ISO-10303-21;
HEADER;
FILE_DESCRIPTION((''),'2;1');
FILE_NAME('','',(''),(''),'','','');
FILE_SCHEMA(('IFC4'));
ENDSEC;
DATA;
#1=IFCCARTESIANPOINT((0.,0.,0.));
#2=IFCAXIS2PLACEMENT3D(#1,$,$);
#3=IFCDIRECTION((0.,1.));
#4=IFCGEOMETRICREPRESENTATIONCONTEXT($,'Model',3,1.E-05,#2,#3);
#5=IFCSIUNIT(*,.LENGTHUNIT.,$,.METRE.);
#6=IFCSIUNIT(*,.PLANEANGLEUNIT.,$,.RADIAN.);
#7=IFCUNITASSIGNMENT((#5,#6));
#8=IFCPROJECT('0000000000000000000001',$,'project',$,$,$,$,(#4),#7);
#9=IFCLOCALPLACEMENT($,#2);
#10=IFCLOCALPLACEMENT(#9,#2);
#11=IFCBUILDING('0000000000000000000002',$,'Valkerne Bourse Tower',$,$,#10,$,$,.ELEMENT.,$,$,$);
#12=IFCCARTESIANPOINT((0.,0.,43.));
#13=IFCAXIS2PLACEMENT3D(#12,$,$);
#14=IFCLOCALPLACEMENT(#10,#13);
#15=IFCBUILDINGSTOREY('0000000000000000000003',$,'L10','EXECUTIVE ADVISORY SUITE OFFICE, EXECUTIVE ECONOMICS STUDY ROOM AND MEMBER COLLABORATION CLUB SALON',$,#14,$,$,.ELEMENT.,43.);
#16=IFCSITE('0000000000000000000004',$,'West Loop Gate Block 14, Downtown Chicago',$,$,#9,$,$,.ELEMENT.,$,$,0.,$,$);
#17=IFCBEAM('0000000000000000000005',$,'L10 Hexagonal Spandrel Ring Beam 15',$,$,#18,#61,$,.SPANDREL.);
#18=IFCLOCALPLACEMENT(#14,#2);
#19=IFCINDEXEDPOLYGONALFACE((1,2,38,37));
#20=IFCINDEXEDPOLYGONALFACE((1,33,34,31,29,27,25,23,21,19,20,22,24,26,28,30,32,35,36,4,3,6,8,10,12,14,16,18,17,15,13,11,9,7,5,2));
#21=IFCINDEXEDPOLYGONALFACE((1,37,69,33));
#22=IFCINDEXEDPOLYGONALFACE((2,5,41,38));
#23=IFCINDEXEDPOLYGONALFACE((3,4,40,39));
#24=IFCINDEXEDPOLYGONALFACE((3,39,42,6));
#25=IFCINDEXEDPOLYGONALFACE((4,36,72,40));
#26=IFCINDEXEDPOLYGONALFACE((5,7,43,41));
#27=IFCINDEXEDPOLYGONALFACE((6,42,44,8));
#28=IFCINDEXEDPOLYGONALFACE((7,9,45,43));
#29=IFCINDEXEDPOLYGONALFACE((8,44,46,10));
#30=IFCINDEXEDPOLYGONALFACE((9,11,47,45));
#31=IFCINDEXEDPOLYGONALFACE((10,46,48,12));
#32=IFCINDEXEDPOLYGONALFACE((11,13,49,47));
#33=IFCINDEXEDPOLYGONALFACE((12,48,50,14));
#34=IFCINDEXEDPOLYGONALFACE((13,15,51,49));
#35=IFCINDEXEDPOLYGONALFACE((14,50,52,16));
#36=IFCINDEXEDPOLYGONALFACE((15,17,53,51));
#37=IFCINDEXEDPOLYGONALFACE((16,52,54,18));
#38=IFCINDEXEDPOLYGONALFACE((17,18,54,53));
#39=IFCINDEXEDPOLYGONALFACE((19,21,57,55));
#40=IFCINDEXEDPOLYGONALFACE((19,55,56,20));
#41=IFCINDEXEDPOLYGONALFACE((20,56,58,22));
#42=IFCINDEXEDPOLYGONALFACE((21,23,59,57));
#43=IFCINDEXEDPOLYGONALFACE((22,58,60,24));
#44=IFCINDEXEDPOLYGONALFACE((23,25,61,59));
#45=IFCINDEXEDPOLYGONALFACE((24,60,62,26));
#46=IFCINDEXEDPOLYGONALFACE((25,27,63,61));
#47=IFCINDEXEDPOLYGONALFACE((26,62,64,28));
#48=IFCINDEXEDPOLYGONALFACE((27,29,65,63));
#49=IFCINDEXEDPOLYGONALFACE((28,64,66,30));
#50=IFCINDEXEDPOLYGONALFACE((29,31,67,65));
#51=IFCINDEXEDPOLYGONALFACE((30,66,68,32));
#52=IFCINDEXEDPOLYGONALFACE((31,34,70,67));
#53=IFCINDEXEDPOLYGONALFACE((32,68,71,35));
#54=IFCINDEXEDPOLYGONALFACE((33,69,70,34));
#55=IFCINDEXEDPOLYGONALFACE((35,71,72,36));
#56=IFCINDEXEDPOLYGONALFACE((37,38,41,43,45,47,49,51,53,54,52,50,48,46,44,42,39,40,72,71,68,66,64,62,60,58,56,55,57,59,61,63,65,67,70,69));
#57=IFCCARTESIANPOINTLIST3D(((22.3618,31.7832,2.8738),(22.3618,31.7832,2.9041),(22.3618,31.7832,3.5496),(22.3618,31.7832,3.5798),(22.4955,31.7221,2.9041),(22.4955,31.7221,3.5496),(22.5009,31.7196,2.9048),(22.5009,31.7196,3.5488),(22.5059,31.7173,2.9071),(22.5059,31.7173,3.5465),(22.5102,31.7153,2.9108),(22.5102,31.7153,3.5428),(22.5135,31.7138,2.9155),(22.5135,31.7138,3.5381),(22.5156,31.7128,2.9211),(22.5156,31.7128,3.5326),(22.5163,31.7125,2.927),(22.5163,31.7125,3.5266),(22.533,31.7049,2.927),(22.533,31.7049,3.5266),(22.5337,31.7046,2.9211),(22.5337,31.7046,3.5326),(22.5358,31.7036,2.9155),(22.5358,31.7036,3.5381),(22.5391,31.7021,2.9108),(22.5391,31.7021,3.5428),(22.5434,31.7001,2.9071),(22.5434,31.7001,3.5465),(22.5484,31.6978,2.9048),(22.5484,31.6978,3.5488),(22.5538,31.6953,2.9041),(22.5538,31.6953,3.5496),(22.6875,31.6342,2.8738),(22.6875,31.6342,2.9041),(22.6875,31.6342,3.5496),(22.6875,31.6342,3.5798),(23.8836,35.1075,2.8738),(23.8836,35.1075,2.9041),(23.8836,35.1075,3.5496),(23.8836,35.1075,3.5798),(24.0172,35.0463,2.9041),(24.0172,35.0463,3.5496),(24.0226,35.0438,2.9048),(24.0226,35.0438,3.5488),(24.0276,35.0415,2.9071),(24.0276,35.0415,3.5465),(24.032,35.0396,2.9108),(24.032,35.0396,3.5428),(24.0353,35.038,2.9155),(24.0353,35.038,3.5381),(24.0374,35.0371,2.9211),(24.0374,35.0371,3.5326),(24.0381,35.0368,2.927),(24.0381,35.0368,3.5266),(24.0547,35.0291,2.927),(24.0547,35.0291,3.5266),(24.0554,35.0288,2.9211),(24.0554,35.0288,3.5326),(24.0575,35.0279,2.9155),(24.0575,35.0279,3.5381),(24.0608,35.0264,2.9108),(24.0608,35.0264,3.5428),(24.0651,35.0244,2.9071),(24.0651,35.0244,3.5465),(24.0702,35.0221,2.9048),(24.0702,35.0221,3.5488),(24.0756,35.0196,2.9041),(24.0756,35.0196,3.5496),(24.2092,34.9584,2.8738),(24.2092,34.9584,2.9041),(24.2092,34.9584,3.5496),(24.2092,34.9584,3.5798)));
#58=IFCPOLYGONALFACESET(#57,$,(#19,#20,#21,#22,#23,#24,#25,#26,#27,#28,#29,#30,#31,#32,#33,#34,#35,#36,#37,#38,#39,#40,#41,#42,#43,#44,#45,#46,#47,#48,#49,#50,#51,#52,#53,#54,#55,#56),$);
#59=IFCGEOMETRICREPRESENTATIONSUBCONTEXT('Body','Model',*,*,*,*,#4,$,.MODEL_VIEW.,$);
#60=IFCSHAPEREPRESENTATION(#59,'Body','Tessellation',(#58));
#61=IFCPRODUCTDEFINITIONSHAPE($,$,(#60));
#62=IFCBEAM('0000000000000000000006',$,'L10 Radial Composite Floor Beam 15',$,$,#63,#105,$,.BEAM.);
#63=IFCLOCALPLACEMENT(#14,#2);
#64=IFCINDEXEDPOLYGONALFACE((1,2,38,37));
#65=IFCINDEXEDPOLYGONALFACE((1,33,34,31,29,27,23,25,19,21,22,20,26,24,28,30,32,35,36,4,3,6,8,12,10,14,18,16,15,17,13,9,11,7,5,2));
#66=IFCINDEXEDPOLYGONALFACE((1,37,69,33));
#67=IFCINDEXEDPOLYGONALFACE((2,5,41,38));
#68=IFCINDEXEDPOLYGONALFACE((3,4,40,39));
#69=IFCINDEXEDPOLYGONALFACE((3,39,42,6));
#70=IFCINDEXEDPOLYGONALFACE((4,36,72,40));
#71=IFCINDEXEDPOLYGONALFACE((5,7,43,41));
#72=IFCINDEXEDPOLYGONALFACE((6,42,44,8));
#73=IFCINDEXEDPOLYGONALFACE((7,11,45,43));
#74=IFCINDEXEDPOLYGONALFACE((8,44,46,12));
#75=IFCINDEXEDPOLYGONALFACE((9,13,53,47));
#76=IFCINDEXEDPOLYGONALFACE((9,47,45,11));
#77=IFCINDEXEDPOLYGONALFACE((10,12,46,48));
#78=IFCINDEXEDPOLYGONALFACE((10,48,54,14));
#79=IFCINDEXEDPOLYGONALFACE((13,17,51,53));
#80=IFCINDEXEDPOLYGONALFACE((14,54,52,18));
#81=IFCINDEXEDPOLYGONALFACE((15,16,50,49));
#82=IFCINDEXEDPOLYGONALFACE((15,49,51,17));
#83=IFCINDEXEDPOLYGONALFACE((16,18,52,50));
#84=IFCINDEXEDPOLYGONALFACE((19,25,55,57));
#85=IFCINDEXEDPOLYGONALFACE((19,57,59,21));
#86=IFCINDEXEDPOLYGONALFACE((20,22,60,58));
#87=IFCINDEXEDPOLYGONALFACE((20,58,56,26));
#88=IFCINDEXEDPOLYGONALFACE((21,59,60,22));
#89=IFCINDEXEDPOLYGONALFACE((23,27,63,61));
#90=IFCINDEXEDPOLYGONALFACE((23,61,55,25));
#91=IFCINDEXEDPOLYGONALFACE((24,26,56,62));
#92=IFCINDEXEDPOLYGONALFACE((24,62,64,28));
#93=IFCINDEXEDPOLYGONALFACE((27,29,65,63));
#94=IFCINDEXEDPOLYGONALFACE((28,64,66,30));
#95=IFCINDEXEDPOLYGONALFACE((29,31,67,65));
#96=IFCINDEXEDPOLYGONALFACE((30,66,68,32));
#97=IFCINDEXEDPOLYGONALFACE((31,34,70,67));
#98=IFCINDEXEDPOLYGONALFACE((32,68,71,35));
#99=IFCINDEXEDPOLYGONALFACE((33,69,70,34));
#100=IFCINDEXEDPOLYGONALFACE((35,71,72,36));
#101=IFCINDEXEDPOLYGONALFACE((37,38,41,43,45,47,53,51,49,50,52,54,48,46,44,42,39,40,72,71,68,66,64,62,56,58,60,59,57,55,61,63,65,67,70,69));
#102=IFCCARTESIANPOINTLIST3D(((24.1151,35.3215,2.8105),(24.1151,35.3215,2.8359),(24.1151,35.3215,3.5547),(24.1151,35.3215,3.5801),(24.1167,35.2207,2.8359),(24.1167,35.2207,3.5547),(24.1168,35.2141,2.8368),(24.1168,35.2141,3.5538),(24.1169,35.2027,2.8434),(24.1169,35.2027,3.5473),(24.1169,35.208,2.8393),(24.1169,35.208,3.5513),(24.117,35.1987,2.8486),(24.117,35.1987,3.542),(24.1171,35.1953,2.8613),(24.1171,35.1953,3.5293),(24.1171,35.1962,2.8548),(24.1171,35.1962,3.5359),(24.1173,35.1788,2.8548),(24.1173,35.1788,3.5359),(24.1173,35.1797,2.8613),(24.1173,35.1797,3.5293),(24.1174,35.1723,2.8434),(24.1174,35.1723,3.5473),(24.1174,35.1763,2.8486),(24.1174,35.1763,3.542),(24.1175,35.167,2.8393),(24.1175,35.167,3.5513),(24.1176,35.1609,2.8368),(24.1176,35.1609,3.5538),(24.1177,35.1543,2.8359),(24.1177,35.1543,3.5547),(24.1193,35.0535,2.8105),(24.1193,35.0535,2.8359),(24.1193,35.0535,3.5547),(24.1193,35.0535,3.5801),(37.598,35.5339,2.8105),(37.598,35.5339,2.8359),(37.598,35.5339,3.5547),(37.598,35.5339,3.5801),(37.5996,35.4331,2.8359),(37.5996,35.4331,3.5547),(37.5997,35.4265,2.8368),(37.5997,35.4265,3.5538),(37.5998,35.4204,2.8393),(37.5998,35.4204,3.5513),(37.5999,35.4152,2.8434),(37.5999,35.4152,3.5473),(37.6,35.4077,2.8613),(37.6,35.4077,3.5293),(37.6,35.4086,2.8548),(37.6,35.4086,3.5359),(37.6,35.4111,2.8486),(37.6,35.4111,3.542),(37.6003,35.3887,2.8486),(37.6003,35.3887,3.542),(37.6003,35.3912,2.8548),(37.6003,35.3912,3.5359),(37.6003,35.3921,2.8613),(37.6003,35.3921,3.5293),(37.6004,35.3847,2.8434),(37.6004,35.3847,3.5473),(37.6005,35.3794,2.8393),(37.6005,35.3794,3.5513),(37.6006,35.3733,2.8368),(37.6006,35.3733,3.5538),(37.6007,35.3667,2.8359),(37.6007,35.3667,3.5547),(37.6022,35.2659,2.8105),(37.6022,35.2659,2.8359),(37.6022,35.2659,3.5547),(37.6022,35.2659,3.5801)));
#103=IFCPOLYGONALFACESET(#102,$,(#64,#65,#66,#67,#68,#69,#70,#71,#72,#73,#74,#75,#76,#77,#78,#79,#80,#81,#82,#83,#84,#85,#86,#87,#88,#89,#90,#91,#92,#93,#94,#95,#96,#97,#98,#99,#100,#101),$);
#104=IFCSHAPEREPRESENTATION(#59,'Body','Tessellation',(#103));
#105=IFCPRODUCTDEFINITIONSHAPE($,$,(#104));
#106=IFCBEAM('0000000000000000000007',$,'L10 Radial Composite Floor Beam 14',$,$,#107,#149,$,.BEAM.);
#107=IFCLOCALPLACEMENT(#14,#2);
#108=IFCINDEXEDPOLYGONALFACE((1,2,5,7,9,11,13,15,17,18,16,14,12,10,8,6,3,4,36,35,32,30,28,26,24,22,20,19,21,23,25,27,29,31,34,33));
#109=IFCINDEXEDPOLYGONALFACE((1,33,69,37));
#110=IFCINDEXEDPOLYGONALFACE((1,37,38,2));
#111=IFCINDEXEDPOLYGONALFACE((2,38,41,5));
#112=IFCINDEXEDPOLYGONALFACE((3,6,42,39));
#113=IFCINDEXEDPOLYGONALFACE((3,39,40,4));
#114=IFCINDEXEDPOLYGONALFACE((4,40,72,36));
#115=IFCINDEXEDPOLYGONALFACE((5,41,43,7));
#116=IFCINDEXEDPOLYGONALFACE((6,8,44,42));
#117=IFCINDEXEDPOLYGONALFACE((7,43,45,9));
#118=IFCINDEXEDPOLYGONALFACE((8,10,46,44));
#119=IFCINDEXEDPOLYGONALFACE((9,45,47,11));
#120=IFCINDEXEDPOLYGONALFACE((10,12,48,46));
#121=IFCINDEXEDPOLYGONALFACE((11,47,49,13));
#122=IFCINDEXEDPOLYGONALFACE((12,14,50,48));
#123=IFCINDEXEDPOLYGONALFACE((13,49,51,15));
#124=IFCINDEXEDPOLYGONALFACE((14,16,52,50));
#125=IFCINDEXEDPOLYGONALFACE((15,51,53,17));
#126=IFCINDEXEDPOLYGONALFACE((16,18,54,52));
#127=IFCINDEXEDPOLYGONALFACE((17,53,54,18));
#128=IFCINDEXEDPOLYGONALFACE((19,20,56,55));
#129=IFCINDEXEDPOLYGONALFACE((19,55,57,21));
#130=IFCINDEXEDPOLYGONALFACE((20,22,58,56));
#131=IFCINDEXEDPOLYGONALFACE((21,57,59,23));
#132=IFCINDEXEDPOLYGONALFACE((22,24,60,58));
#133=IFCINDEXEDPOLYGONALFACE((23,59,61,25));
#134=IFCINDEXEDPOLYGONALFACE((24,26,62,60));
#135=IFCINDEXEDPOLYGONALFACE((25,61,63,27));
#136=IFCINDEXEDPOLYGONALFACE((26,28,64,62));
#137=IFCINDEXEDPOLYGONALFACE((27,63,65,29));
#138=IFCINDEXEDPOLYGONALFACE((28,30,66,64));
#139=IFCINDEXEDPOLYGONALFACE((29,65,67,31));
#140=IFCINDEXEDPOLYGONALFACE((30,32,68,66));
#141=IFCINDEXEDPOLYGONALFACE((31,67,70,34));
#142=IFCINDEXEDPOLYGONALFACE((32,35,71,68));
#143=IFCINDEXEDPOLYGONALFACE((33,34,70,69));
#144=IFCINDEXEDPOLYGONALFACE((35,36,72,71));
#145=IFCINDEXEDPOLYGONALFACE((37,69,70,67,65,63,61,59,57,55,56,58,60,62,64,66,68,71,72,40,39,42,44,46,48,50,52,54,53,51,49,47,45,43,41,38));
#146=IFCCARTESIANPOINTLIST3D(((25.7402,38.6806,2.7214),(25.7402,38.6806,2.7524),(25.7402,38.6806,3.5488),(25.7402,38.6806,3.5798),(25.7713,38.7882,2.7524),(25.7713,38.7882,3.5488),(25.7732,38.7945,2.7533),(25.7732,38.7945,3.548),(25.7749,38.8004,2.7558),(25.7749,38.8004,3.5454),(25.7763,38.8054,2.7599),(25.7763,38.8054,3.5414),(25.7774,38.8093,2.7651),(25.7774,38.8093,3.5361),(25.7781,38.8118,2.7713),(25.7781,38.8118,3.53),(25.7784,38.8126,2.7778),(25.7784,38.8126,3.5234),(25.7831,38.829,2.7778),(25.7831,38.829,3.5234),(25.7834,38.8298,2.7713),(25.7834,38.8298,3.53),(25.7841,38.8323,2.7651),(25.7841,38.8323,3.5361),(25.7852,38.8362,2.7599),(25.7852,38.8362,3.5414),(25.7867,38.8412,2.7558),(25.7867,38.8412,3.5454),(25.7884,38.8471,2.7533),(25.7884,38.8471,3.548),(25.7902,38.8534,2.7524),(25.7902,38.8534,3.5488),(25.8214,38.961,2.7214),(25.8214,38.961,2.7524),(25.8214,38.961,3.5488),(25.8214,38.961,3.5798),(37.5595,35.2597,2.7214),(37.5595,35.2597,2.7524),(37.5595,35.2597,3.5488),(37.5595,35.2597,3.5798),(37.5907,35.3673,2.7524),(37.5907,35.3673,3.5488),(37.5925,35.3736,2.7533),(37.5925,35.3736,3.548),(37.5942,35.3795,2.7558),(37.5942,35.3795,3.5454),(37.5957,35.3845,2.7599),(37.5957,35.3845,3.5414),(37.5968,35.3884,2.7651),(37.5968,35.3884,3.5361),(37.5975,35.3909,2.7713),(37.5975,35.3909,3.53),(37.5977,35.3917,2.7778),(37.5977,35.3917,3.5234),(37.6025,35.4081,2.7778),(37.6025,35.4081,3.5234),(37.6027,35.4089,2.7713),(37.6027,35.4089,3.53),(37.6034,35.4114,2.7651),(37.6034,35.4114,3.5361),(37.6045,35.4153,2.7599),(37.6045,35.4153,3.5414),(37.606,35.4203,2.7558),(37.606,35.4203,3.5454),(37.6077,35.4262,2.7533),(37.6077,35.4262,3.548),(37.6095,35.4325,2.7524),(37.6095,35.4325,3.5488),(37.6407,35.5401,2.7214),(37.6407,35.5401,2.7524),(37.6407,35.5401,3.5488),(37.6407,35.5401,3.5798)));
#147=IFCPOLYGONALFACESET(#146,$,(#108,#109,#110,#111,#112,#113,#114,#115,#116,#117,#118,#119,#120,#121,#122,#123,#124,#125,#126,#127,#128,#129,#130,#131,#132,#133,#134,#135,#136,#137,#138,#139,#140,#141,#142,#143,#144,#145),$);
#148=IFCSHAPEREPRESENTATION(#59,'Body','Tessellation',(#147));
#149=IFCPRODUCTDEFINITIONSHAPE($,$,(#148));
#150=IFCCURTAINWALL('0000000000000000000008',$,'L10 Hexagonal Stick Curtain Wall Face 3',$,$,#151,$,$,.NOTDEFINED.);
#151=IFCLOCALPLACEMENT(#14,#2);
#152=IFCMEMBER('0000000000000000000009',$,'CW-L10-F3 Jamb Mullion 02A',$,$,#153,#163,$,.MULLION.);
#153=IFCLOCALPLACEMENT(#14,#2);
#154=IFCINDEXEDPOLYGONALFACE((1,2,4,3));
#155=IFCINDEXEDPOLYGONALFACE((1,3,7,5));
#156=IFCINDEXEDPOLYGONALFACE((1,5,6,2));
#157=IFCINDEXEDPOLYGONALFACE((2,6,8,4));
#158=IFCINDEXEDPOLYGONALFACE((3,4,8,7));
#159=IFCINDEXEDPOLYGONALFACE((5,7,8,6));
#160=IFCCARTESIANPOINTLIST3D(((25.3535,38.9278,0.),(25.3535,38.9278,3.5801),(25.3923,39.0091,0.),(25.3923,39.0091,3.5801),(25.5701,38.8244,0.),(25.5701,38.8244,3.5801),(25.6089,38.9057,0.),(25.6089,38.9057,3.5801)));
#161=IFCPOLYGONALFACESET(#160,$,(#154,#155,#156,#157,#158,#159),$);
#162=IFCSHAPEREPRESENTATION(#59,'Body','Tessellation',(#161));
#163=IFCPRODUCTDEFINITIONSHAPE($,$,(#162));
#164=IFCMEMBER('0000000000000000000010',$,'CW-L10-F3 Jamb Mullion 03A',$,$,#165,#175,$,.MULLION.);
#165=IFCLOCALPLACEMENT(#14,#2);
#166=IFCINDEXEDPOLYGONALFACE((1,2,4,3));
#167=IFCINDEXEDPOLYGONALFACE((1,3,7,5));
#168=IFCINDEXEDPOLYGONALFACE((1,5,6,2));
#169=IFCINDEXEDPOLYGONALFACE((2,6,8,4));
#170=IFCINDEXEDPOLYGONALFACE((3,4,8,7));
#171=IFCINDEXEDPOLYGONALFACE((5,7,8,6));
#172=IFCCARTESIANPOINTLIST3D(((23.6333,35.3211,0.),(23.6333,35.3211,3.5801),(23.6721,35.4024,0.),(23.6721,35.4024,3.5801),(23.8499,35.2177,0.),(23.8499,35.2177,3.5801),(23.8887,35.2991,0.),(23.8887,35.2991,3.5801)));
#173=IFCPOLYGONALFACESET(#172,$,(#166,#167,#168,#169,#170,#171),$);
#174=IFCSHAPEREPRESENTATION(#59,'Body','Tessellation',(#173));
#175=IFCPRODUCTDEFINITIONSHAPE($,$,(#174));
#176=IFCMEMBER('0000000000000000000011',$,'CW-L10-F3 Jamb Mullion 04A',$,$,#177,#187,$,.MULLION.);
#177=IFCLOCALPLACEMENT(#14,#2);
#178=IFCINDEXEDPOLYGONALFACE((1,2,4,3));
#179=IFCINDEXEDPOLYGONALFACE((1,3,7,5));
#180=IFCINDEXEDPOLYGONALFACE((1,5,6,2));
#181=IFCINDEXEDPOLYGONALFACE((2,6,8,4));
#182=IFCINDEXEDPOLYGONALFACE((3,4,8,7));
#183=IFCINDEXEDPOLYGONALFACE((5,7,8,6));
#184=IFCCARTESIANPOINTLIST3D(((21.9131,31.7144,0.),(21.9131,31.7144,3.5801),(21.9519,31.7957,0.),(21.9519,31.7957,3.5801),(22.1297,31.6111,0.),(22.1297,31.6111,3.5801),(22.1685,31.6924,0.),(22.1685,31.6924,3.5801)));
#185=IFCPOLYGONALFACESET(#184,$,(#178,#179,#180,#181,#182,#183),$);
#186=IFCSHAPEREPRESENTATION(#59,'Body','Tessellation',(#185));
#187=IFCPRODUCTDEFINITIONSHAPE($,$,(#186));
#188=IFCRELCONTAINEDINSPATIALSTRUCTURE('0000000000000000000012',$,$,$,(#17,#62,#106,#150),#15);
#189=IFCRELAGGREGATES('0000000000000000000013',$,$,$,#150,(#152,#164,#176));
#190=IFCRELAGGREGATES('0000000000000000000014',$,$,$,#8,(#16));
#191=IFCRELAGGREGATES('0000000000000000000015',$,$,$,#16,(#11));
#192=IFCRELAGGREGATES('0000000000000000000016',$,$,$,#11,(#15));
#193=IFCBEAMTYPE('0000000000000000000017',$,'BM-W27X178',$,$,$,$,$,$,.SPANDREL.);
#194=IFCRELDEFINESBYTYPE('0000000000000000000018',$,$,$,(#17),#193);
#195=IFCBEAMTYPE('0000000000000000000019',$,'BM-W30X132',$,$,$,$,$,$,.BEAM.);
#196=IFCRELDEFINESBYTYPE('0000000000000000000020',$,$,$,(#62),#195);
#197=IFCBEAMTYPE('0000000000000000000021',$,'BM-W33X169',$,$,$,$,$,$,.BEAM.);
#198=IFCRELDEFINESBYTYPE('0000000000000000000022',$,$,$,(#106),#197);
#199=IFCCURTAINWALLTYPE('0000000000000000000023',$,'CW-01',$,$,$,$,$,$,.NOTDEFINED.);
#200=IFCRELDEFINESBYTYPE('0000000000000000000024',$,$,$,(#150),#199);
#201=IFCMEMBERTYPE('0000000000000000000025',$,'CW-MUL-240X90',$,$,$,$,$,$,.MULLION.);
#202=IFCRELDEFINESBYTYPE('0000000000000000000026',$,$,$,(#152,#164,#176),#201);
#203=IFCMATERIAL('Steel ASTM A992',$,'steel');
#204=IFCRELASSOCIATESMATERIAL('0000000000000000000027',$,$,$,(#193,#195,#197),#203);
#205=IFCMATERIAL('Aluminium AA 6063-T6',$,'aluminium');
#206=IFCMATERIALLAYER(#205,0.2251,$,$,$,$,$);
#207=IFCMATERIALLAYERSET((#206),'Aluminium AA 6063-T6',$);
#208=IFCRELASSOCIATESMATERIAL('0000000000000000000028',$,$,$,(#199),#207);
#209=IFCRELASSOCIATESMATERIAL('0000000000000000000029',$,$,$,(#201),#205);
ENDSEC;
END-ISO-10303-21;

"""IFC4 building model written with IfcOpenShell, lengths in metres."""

from ifc_helpers import new_model, si_unit, direction, frame, origin, origin_2d, place, context, subcontext, project, spatial, rectangle, i_section, extrude, material, layer, layer_set, material_profile, profile_set, type_object, element, aggregate, save


model = new_model("IFC4")

# Units and contexts
model_context = context("Model", 3, precision=1e-05, world=origin(), true_north=direction((0.0, 1.0)))
body_context = subcontext(model_context, "Body", "Model", "MODEL_VIEW")
ifc_project = project(units=[si_unit("LENGTHUNIT", "METRE"), si_unit("PLANEANGLEUNIT", "RADIAN")], contexts=[model_context])

# Site, building, storey
site_placement = place(None, origin())
site = spatial("IfcSite", under=ifc_project, at=site_placement, Name="West Loop Gate Block 14, Downtown Chicago", CompositionType="ELEMENT", RefElevation=0.0)
building_placement = place(site_placement, origin())
building = spatial("IfcBuilding", under=site, at=building_placement, Name="Valkerne Bourse Tower", CompositionType="ELEMENT")
storey_placement = place(building_placement, frame((0.0, 0.0, 43.0)))
storey = spatial("IfcBuildingStorey", under=building, at=storey_placement, Name="L10", Description="EXECUTIVE ADVISORY SUITE OFFICE, EXECUTIVE ECONOMICS STUDY ROOM AND MEMBER COLLABORATION CLUB SALON", CompositionType="ELEMENT", Elevation=43.0)

# Beams
ifc_material_1 = material(Name="Steel ASTM A992", Category="steel")
ifc_material_profile_1 = material_profile(ifc_material_1, i_section(OverallWidth=0.3582, OverallDepth=0.7061, WebThickness=0.0183, FlangeThickness=0.0303, FilletRadius=0.0229, at=origin_2d()), Name="W27X178")
ifc_profile_set_1 = profile_set([ifc_material_profile_1], Name="Steel ASTM A992")
beam_type_1 = type_object("IfcBeamType", Name="BM-W27X178", PredefinedType="SPANDREL", material=ifc_profile_set_1)
for number, where, z_axis, x_axis, name in (
    (1, (24.0464, 35.033, 3.2268), (-0.416232, -0.909259, 0.0), (0.909259, -0.416232, 0.0), "L10 Hexagonal Spandrel Ring Beam 15"),
):
    element("IfcBeam", number, at=place(storey_placement, frame(where, z_axis=z_axis, x_axis=x_axis)), inside=storey, type_object=beam_type_1, Name=name, PredefinedType="SPANDREL", context=body_context, shape_type="SweptSolid", body=[
        extrude(i_section(OverallWidth=0.3582, OverallDepth=0.7061, WebThickness=0.0183, FlangeThickness=0.0303, FilletRadius=0.0229, at=origin_2d()), origin(), (0.0, 0.0, 1.0), 3.656),
    ])
ifc_material_profile_2 = material_profile(ifc_material_1, i_section(OverallWidth=0.2681, OverallDepth=0.7695, WebThickness=0.0156, FlangeThickness=0.0254, FilletRadius=0.0254, at=origin_2d()), Name="W30X132")
ifc_profile_set_2 = profile_set([ifc_material_profile_2], Name="Steel ASTM A992")
beam_type_2 = type_object("IfcBeamType", Name="BM-W30X132", PredefinedType="BEAM", material=ifc_profile_set_2)
beam_1_placement = place(storey_placement, frame((24.1172, 35.1875, 3.1953), z_axis=(0.999876, 0.015751, 0.0), x_axis=(-0.015751, 0.999876, 0.0)))
element("IfcBeam", 2, at=beam_1_placement, inside=storey, type_object=beam_type_2, Name="L10 Radial Composite Floor Beam 15", PredefinedType="BEAM", context=body_context, shape_type="SweptSolid", body=[
    extrude(i_section(OverallWidth=0.2681, OverallDepth=0.7695, WebThickness=0.0156, FlangeThickness=0.0254, FilletRadius=0.0254, at=origin_2d()), origin(), (0.0, 0.0, 1.0), 13.4846),
])
ifc_material_profile_3 = material_profile(ifc_material_1, i_section(OverallWidth=0.292, OverallDepth=0.8584, WebThickness=0.0171, FlangeThickness=0.031, FilletRadius=0.0254, at=origin_2d()), Name="W33X169")
ifc_profile_set_3 = profile_set([ifc_material_profile_3], Name="Steel ASTM A992")
beam_type_3 = type_object("IfcBeamType", Name="BM-W33X169", PredefinedType="BEAM", material=ifc_profile_set_3)
beam_2_placement = place(storey_placement, frame((25.7808, 38.8208, 3.1506), z_axis=(0.960575, -0.278021, 0.0), x_axis=(0.278021, 0.960575, 0.0)))
element("IfcBeam", 3, at=beam_2_placement, inside=storey, type_object=beam_type_3, Name="L10 Radial Composite Floor Beam 14", PredefinedType="BEAM", context=body_context, shape_type="SweptSolid", body=[
    extrude(i_section(OverallWidth=0.292, OverallDepth=0.8584, WebThickness=0.0171, FlangeThickness=0.031, FilletRadius=0.0254, at=origin_2d()), origin(), (0.0, 0.0, 1.0), 12.3044),
])

# Curtain wall, members
ifc_material_2 = material(Name="Aluminium AA 6063-T6", Category="aluminium")
ifc_layer_1 = layer(ifc_material_2, 0.2251)
ifc_layer_set_1 = layer_set([ifc_layer_1], Name="Aluminium AA 6063-T6")
curtain_wall_type = type_object("IfcCurtainWallType", Name="CW-01", PredefinedType="NOTDEFINED", material=ifc_layer_set_1)
curtain_wall_placement = place(storey_placement, origin())
curtain_wall = element("IfcCurtainWall", 4, at=curtain_wall_placement, inside=storey, type_object=curtain_wall_type, Name="L10 Hexagonal Stick Curtain Wall Face 3", PredefinedType="NOTDEFINED")
ifc_material_profile_4 = material_profile(ifc_material_2, rectangle(XDim=0.0901, YDim=0.24, at=origin_2d()), Name="CWM-90X240")
ifc_profile_set_4 = profile_set([ifc_material_profile_4], Name="Aluminium AA 6063-T6")
member_type_1 = type_object("IfcMemberType", Name="CW-MUL-240X90", PredefinedType="MULLION", material=ifc_profile_set_4)
member_1_placement = place(storey_placement, frame((25.4812, 38.9167, 0.0), z_axis=(0.0, 0.0, 1.0), x_axis=(-0.43051, -0.902586, 0.0)))
member_1 = element("IfcMember", 5, at=member_1_placement, type_object=member_type_1, Name="CW-L10-F3 Jamb Mullion 02A", PredefinedType="MULLION", context=body_context, shape_type="SweptSolid", body=[
    extrude(rectangle(XDim=0.0901, YDim=0.24, at=origin_2d()), origin(), (0.0, 0.0, 1.0), 3.5801),
])
member_2_placement = place(storey_placement, frame((23.761, 35.3101, 0.0), z_axis=(0.0, 0.0, 1.0), x_axis=(-0.4305, -0.902591, 0.0)))
member_2 = element("IfcMember", 6, at=member_2_placement, type_object=member_type_1, Name="CW-L10-F3 Jamb Mullion 03A", PredefinedType="MULLION", context=body_context, shape_type="SweptSolid", body=[
    extrude(rectangle(XDim=0.0901, YDim=0.24, at=origin_2d()), origin(), (0.0, 0.0, 1.0), 3.5801),
])
member_3_placement = place(storey_placement, frame((22.0408, 31.7034, 0.0), z_axis=(0.0, 0.0, 1.0), x_axis=(-0.43051, -0.902586, 0.0)))
member_3 = element("IfcMember", 7, at=member_3_placement, type_object=member_type_1, Name="CW-L10-F3 Jamb Mullion 04A", PredefinedType="MULLION", context=body_context, shape_type="SweptSolid", body=[
    extrude(rectangle(XDim=0.0901, YDim=0.24, at=origin_2d()), origin(), (0.0, 0.0, 1.0), 3.5801),
])

aggregate(curtain_wall, [member_1, member_2, member_3])

save(model, "model.ifc")
